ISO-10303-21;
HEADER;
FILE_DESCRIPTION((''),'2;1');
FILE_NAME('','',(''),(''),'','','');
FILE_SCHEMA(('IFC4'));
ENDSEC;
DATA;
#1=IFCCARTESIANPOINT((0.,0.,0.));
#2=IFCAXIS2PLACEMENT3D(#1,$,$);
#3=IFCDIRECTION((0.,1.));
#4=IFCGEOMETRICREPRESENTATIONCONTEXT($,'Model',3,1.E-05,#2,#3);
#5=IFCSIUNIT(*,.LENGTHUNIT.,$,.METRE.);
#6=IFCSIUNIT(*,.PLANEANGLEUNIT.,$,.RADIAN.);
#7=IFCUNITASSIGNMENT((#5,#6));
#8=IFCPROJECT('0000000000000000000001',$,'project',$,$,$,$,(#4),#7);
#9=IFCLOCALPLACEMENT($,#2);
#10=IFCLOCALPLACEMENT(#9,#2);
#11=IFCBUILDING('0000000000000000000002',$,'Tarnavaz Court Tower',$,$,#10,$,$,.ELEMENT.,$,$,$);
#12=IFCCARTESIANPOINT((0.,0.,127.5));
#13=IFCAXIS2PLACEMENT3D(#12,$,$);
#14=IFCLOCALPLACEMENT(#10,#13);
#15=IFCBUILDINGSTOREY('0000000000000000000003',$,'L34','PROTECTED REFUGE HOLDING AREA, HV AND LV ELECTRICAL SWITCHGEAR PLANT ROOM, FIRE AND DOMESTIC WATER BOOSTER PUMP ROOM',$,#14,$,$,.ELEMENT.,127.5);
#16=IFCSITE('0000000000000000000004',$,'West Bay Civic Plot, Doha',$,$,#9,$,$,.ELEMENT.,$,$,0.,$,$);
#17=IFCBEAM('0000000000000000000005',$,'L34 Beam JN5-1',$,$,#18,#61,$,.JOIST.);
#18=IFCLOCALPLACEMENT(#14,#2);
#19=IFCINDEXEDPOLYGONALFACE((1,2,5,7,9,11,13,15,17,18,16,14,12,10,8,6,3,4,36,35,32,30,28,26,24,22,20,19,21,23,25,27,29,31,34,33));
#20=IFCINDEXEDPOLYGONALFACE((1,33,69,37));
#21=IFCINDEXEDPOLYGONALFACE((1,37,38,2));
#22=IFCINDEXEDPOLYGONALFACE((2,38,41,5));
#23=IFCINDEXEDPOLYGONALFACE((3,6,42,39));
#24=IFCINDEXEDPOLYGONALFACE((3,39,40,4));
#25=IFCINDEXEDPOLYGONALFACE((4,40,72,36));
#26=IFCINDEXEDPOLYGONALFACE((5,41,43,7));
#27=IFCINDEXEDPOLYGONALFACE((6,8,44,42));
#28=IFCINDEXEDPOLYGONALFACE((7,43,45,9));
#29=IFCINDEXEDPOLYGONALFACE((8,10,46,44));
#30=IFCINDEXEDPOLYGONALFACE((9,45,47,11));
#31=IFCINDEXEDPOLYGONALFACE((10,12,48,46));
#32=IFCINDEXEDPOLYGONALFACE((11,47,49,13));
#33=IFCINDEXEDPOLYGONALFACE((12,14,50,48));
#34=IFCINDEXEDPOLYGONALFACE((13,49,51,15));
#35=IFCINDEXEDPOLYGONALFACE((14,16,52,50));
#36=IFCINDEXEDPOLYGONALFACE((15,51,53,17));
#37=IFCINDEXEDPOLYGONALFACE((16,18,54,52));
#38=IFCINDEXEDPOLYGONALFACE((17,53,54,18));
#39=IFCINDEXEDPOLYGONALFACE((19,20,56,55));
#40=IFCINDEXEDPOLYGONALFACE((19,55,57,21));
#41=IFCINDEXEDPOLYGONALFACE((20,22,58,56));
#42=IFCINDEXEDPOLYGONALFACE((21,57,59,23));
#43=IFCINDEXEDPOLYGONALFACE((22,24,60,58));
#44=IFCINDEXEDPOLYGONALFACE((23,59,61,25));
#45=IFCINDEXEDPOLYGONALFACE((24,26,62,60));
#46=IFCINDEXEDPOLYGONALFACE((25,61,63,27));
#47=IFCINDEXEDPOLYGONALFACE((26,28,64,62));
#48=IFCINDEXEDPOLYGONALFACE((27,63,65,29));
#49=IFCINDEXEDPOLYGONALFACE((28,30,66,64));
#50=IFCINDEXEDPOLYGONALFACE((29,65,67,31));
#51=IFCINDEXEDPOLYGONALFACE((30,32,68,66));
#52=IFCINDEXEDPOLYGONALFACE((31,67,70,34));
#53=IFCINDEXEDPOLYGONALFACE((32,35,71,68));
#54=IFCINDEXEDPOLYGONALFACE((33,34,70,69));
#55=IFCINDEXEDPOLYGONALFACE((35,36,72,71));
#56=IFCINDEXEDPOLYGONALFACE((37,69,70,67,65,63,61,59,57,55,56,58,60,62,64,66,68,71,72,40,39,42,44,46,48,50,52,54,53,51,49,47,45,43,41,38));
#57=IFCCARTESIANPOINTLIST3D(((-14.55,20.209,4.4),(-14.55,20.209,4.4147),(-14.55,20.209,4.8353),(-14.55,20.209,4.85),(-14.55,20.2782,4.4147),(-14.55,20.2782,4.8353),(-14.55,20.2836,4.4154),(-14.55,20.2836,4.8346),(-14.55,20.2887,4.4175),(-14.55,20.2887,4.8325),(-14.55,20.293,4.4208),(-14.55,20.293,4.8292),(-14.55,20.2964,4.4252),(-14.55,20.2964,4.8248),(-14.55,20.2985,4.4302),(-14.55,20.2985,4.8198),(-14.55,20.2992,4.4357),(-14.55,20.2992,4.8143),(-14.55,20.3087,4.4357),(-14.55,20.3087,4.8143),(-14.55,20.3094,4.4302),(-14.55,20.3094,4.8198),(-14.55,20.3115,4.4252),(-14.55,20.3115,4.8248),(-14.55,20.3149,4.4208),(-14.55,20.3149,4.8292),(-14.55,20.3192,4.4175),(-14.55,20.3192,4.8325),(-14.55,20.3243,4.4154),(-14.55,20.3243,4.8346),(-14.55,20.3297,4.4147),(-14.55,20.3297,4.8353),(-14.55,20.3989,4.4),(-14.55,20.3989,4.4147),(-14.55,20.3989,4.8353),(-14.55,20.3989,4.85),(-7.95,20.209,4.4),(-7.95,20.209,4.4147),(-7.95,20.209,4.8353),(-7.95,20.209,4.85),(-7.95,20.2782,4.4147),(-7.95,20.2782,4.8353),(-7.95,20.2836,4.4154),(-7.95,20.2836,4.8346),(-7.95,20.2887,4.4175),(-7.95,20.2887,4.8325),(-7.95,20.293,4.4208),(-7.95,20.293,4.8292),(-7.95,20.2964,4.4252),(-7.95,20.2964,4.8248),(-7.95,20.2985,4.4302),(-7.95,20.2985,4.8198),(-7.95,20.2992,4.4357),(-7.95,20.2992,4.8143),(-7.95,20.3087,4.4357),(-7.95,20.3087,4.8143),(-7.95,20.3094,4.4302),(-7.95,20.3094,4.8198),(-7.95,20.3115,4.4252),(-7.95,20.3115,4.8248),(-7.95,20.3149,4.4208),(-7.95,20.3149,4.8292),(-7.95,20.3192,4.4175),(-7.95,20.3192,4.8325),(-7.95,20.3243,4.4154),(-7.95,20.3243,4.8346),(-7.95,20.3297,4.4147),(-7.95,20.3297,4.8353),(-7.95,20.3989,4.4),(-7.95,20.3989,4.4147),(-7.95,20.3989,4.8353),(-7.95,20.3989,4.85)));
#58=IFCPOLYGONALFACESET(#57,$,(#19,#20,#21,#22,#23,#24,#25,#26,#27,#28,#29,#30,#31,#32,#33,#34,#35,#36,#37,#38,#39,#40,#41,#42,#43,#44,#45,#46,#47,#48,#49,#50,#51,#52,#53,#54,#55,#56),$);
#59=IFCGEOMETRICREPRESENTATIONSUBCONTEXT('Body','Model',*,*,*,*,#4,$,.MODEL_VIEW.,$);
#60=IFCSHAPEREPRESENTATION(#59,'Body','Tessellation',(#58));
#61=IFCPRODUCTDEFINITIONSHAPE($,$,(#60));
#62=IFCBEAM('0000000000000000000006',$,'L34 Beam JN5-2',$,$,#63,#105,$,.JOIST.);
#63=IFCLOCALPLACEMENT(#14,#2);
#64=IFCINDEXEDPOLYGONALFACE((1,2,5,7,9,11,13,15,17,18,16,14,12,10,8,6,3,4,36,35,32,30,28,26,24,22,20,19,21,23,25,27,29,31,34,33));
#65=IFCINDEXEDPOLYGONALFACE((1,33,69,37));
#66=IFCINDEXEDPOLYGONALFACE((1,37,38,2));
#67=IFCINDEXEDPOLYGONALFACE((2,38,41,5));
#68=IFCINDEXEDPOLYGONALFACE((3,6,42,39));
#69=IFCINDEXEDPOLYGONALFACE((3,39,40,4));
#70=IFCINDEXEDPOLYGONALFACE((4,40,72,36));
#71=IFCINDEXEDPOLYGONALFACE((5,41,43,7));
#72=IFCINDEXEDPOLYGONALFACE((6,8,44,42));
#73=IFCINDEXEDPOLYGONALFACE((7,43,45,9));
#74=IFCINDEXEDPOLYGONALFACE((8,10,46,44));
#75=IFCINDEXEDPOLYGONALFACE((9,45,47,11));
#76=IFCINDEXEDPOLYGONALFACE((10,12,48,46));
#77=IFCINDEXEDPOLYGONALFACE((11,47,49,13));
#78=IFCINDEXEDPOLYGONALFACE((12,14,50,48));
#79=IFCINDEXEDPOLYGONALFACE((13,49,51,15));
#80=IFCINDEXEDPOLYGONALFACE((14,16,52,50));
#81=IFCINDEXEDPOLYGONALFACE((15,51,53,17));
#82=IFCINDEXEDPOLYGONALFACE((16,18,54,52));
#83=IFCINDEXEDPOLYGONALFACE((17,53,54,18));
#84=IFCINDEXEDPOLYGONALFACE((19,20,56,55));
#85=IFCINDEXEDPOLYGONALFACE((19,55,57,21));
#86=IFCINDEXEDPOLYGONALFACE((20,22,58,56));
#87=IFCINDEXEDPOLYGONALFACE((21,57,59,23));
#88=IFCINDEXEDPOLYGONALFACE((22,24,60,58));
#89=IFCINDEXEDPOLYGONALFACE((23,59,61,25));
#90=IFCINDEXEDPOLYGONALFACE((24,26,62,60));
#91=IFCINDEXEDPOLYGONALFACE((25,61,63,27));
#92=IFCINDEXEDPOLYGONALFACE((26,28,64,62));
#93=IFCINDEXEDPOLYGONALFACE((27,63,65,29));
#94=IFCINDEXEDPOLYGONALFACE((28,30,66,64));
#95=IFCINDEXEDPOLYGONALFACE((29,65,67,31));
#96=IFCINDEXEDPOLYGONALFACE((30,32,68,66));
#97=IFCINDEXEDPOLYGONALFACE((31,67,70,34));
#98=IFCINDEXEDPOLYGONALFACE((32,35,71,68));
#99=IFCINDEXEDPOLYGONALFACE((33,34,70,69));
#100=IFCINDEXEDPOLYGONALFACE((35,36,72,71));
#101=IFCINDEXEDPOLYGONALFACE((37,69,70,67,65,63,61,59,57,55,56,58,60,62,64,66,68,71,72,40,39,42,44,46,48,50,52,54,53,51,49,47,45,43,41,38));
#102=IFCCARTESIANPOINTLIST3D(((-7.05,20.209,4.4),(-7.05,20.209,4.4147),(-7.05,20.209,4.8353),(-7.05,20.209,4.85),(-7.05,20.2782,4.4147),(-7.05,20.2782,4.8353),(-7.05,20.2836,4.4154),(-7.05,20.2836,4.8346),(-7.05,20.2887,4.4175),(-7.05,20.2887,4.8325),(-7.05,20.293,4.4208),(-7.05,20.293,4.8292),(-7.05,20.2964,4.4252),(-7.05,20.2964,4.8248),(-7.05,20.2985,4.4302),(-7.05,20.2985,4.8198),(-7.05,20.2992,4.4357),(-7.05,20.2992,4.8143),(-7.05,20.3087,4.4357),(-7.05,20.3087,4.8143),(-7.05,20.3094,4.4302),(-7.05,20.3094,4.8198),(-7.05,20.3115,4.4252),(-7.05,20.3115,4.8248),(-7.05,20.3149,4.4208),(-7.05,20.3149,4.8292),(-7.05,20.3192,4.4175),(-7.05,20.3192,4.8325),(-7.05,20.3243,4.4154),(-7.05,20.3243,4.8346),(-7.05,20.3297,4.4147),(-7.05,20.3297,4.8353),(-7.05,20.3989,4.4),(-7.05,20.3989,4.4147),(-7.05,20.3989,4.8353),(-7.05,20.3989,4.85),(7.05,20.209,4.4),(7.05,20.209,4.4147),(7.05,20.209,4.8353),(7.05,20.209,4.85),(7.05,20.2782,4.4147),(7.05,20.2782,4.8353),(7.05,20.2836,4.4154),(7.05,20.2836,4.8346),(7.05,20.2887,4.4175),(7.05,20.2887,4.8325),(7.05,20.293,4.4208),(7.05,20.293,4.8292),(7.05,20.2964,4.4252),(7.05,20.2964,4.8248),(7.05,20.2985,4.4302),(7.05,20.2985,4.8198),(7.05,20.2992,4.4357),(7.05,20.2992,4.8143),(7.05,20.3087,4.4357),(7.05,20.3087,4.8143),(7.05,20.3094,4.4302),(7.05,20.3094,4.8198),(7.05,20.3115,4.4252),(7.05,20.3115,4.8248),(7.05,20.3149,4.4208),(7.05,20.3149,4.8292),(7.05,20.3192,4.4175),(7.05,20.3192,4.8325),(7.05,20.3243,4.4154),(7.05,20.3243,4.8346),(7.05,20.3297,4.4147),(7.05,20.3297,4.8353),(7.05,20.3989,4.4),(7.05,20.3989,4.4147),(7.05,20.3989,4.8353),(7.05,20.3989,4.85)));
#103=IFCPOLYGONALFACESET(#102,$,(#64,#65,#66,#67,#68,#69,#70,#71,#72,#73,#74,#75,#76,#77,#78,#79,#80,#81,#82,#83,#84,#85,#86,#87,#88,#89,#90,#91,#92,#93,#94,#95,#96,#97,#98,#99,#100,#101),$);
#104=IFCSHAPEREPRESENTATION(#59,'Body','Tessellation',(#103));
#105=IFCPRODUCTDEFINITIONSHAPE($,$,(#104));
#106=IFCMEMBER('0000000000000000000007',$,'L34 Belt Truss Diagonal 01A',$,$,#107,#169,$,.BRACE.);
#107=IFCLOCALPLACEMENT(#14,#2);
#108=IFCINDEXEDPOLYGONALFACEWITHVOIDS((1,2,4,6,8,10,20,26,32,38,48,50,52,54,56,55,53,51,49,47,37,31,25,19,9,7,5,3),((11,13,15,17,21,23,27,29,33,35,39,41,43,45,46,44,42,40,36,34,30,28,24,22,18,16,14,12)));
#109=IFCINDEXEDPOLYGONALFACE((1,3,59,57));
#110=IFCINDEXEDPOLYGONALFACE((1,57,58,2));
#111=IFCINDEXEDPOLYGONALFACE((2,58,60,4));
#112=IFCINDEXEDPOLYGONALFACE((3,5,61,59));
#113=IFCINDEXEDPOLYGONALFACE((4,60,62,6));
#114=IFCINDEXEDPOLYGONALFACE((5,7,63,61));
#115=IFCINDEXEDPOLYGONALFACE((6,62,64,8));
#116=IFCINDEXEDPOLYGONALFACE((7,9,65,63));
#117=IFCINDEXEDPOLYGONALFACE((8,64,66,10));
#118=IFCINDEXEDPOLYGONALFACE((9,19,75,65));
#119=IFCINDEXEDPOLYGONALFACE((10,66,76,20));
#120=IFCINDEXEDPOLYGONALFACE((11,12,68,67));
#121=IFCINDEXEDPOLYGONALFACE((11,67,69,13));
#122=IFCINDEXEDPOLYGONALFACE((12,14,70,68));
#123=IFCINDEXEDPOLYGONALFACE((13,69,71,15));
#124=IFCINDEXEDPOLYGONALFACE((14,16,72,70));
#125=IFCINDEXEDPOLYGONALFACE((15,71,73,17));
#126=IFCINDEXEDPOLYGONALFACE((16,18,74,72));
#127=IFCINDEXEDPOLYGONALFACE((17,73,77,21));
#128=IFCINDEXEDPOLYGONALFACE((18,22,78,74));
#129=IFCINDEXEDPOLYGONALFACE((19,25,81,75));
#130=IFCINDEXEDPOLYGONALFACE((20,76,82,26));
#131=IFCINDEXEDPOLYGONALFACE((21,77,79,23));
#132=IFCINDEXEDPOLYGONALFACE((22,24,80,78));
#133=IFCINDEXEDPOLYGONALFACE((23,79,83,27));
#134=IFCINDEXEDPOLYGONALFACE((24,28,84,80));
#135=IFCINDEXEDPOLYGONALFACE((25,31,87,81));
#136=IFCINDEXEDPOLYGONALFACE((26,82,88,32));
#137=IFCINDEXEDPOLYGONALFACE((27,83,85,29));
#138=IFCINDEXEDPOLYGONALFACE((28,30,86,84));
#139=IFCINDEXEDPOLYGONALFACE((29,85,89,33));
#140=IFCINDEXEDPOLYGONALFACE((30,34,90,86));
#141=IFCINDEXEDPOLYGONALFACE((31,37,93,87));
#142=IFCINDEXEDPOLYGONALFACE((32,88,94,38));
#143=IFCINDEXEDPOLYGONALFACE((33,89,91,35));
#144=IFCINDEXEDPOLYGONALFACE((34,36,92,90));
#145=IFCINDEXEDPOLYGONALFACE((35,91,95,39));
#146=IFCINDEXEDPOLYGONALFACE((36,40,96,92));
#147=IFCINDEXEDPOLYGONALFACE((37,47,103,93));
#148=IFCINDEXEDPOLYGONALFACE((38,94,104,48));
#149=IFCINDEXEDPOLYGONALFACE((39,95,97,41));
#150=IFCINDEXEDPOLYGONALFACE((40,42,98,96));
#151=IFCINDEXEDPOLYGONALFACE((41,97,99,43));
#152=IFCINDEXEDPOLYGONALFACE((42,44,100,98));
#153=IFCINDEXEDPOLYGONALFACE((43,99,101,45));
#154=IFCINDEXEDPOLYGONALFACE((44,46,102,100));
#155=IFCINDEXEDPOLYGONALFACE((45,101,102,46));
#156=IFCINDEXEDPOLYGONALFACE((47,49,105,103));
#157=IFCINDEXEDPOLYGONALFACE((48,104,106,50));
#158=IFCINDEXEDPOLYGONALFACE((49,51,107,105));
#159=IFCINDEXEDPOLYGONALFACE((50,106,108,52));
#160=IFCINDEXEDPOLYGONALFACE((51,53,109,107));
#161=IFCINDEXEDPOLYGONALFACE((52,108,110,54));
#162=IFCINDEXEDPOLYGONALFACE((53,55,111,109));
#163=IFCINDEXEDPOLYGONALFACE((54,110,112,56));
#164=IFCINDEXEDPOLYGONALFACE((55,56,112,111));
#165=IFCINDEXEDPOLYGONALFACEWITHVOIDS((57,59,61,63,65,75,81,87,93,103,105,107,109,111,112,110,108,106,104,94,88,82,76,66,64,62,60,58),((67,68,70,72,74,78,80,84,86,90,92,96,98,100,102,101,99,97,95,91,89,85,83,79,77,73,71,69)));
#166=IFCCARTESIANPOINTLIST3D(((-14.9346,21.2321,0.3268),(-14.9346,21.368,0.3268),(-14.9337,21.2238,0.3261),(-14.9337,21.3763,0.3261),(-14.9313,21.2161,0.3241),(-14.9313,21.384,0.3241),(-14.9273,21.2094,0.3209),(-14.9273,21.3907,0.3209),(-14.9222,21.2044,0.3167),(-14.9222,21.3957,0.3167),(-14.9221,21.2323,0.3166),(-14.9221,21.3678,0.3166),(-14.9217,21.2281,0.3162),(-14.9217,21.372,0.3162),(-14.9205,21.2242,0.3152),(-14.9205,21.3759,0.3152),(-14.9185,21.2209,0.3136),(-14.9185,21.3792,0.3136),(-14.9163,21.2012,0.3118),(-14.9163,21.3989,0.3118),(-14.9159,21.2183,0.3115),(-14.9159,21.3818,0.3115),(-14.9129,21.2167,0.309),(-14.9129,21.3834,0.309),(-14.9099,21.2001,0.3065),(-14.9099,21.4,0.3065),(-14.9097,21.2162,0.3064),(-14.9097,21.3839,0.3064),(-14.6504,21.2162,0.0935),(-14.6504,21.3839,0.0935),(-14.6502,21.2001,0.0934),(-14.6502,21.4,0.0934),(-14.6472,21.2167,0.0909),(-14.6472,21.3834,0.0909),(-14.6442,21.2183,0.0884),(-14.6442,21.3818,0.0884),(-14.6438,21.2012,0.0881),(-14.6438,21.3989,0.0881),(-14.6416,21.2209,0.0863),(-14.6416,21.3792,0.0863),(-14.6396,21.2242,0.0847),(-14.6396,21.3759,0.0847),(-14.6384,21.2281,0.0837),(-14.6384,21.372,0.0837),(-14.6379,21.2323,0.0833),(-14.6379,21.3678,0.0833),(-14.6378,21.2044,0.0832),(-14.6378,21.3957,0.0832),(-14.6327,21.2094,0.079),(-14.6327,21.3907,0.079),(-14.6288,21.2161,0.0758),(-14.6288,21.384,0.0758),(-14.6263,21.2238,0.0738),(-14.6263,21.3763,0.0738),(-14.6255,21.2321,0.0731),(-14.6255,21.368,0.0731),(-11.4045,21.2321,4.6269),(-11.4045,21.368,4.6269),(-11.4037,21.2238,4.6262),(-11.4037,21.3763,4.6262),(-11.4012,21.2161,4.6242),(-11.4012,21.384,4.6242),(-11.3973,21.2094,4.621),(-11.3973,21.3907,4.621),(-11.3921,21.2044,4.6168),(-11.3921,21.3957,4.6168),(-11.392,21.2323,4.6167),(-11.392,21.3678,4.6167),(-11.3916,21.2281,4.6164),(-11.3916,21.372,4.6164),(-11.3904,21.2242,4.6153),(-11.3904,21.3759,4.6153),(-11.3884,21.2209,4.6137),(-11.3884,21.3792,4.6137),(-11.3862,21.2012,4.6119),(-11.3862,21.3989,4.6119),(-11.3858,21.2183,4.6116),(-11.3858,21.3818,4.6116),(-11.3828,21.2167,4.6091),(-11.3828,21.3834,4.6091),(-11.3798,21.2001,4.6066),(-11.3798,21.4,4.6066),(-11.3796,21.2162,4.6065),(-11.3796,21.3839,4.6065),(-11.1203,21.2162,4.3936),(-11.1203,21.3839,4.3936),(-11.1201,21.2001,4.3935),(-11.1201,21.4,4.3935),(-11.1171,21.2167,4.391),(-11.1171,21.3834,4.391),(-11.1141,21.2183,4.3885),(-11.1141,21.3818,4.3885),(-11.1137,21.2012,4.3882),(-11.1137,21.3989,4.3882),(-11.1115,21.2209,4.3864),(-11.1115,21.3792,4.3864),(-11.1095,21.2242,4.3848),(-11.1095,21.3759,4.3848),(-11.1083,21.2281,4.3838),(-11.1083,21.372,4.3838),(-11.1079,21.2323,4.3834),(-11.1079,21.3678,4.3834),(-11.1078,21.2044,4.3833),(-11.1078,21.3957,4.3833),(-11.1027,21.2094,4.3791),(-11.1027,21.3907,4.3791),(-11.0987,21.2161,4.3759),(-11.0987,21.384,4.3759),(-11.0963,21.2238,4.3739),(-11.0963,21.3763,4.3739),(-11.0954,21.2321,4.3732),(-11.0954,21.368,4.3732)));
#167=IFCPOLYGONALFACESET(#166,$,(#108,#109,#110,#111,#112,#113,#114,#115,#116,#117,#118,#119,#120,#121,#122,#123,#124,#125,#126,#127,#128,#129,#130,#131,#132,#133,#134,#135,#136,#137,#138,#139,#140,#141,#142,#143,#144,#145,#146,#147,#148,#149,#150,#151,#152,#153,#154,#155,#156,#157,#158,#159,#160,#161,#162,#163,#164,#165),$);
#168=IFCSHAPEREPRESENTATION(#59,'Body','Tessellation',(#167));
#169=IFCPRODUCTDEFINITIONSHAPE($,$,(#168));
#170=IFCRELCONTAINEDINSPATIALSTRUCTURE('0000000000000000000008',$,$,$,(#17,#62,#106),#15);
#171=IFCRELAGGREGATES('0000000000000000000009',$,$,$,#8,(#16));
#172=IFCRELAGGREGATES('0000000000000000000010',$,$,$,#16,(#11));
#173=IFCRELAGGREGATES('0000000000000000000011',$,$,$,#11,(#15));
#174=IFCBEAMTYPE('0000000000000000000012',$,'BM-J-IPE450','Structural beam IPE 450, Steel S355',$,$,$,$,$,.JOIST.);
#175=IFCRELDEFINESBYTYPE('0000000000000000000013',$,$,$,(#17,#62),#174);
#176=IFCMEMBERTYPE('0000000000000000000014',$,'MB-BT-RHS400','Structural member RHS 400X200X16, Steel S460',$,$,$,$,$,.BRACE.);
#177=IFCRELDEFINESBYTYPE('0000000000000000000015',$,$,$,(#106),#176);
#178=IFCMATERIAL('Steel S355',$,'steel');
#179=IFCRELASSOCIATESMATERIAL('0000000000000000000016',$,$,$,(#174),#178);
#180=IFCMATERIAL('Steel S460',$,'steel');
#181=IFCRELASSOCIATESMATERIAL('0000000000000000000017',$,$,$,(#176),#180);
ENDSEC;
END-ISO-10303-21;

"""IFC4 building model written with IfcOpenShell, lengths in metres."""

from ifc_helpers import new_model, si_unit, direction, frame, origin, origin_2d, place, context, subcontext, project, spatial, hollow_rectangle, i_section, extrude, material, material_profile, profile_set, type_object, element, save


model = new_model("IFC4")

# Units and contexts
model_context = context("Model", 3, precision=1e-05, world=origin(), true_north=direction((0.0, 1.0)))
body_context = subcontext(model_context, "Body", "Model", "MODEL_VIEW")
ifc_project = project(units=[si_unit("LENGTHUNIT", "METRE"), si_unit("PLANEANGLEUNIT", "RADIAN")], contexts=[model_context])

# Site, building, storey
site_placement = place(None, origin())
site = spatial("IfcSite", under=ifc_project, at=site_placement, Name="West Bay Civic Plot, Doha", CompositionType="ELEMENT", RefElevation=0.0)
building_placement = place(site_placement, origin())
building = spatial("IfcBuilding", under=site, at=building_placement, Name="Tarnavaz Court Tower", CompositionType="ELEMENT")
storey_placement = place(building_placement, frame((0.0, 0.0, 127.5)))
storey = spatial("IfcBuildingStorey", under=building, at=storey_placement, Name="L34", Description="PROTECTED REFUGE HOLDING AREA, HV AND LV ELECTRICAL SWITCHGEAR PLANT ROOM, FIRE AND DOMESTIC WATER BOOSTER PUMP ROOM", CompositionType="ELEMENT", Elevation=127.5)

# Shared definitions
ifc_material_1 = material(Name="Steel S460", Category="steel")

# Beams
ifc_material_2 = material(Name="Steel S355", Category="steel")
ifc_material_profile_1 = material_profile(ifc_material_2, i_section(OverallWidth=0.1899, OverallDepth=0.45, WebThickness=0.0095, FlangeThickness=0.0146, FilletRadius=0.021, at=origin_2d()), Name="IPE 450")
ifc_profile_set_1 = profile_set([ifc_material_profile_1], Name="Steel S355")
beam_type_1 = type_object("IfcBeamType", Name="BM-J-IPE450", Description="Structural beam IPE 450, Steel S355", PredefinedType="JOIST", material=ifc_profile_set_1)
beam_1_placement = place(storey_placement, frame((-14.55, 20.304, 4.625), z_axis=(1.0, 0.0, 0.0), x_axis=(0.0, 1.0, 0.0)))
element("IfcBeam", 1, at=beam_1_placement, inside=storey, type_object=beam_type_1, Name="L34 Beam JN5-1", PredefinedType="JOIST", context=body_context, shape_type="SweptSolid", body=[
    extrude(i_section(OverallWidth=0.1899, OverallDepth=0.45, WebThickness=0.0095, FlangeThickness=0.0146, FilletRadius=0.021, at=origin_2d()), origin(), (0.0, 0.0, 1.0), 6.6001),
])
beam_2_placement = place(storey_placement, frame((-7.05, 20.304, 4.625), z_axis=(1.0, 0.0, 0.0), x_axis=(0.0, 1.0, 0.0)))
element("IfcBeam", 2, at=beam_2_placement, inside=storey, type_object=beam_type_1, Name="L34 Beam JN5-2", PredefinedType="JOIST", context=body_context, shape_type="SweptSolid", body=[
    extrude(i_section(OverallWidth=0.1899, OverallDepth=0.45, WebThickness=0.0095, FlangeThickness=0.0146, FilletRadius=0.021, at=origin_2d()), origin(), (0.0, 0.0, 1.0), 14.1001),
])

# Member
ifc_material_profile_2 = material_profile(ifc_material_1, hollow_rectangle(XDim=0.2, YDim=0.3999, WallThickness=0.0161, InnerFilletRadius=0.0161, OuterFilletRadius=0.032, at=origin_2d()), Name="RHS 400X200X16")
ifc_profile_set_2 = profile_set([ifc_material_profile_2], Name="Steel S460")
member_type_1 = type_object("IfcMemberType", Name="MB-BT-RHS400", Description="Structural member RHS 400X200X16, Steel S460", PredefinedType="BRACE", material=ifc_profile_set_2)
for number, where, z_axis, x_axis, name in (
    (3, (-14.78, 21.3, 0.2), (0.634508, 0.0, 0.772916), (0.0, 1.0, 0.0), "L34 Belt Truss Diagonal 01A"),
):
    element("IfcMember", number, at=place(storey_placement, frame(where, z_axis=z_axis, x_axis=x_axis)), inside=storey, type_object=member_type_1, Name=name, PredefinedType="BRACE", context=body_context, shape_type="SweptSolid", body=[
        extrude(hollow_rectangle(XDim=0.2, YDim=0.3999, WallThickness=0.0161, InnerFilletRadius=0.0161, OuterFilletRadius=0.032, at=origin_2d()), origin(), (0.0, 0.0, 1.0), 5.5635),
    ])

save(model, "model.ifc")
